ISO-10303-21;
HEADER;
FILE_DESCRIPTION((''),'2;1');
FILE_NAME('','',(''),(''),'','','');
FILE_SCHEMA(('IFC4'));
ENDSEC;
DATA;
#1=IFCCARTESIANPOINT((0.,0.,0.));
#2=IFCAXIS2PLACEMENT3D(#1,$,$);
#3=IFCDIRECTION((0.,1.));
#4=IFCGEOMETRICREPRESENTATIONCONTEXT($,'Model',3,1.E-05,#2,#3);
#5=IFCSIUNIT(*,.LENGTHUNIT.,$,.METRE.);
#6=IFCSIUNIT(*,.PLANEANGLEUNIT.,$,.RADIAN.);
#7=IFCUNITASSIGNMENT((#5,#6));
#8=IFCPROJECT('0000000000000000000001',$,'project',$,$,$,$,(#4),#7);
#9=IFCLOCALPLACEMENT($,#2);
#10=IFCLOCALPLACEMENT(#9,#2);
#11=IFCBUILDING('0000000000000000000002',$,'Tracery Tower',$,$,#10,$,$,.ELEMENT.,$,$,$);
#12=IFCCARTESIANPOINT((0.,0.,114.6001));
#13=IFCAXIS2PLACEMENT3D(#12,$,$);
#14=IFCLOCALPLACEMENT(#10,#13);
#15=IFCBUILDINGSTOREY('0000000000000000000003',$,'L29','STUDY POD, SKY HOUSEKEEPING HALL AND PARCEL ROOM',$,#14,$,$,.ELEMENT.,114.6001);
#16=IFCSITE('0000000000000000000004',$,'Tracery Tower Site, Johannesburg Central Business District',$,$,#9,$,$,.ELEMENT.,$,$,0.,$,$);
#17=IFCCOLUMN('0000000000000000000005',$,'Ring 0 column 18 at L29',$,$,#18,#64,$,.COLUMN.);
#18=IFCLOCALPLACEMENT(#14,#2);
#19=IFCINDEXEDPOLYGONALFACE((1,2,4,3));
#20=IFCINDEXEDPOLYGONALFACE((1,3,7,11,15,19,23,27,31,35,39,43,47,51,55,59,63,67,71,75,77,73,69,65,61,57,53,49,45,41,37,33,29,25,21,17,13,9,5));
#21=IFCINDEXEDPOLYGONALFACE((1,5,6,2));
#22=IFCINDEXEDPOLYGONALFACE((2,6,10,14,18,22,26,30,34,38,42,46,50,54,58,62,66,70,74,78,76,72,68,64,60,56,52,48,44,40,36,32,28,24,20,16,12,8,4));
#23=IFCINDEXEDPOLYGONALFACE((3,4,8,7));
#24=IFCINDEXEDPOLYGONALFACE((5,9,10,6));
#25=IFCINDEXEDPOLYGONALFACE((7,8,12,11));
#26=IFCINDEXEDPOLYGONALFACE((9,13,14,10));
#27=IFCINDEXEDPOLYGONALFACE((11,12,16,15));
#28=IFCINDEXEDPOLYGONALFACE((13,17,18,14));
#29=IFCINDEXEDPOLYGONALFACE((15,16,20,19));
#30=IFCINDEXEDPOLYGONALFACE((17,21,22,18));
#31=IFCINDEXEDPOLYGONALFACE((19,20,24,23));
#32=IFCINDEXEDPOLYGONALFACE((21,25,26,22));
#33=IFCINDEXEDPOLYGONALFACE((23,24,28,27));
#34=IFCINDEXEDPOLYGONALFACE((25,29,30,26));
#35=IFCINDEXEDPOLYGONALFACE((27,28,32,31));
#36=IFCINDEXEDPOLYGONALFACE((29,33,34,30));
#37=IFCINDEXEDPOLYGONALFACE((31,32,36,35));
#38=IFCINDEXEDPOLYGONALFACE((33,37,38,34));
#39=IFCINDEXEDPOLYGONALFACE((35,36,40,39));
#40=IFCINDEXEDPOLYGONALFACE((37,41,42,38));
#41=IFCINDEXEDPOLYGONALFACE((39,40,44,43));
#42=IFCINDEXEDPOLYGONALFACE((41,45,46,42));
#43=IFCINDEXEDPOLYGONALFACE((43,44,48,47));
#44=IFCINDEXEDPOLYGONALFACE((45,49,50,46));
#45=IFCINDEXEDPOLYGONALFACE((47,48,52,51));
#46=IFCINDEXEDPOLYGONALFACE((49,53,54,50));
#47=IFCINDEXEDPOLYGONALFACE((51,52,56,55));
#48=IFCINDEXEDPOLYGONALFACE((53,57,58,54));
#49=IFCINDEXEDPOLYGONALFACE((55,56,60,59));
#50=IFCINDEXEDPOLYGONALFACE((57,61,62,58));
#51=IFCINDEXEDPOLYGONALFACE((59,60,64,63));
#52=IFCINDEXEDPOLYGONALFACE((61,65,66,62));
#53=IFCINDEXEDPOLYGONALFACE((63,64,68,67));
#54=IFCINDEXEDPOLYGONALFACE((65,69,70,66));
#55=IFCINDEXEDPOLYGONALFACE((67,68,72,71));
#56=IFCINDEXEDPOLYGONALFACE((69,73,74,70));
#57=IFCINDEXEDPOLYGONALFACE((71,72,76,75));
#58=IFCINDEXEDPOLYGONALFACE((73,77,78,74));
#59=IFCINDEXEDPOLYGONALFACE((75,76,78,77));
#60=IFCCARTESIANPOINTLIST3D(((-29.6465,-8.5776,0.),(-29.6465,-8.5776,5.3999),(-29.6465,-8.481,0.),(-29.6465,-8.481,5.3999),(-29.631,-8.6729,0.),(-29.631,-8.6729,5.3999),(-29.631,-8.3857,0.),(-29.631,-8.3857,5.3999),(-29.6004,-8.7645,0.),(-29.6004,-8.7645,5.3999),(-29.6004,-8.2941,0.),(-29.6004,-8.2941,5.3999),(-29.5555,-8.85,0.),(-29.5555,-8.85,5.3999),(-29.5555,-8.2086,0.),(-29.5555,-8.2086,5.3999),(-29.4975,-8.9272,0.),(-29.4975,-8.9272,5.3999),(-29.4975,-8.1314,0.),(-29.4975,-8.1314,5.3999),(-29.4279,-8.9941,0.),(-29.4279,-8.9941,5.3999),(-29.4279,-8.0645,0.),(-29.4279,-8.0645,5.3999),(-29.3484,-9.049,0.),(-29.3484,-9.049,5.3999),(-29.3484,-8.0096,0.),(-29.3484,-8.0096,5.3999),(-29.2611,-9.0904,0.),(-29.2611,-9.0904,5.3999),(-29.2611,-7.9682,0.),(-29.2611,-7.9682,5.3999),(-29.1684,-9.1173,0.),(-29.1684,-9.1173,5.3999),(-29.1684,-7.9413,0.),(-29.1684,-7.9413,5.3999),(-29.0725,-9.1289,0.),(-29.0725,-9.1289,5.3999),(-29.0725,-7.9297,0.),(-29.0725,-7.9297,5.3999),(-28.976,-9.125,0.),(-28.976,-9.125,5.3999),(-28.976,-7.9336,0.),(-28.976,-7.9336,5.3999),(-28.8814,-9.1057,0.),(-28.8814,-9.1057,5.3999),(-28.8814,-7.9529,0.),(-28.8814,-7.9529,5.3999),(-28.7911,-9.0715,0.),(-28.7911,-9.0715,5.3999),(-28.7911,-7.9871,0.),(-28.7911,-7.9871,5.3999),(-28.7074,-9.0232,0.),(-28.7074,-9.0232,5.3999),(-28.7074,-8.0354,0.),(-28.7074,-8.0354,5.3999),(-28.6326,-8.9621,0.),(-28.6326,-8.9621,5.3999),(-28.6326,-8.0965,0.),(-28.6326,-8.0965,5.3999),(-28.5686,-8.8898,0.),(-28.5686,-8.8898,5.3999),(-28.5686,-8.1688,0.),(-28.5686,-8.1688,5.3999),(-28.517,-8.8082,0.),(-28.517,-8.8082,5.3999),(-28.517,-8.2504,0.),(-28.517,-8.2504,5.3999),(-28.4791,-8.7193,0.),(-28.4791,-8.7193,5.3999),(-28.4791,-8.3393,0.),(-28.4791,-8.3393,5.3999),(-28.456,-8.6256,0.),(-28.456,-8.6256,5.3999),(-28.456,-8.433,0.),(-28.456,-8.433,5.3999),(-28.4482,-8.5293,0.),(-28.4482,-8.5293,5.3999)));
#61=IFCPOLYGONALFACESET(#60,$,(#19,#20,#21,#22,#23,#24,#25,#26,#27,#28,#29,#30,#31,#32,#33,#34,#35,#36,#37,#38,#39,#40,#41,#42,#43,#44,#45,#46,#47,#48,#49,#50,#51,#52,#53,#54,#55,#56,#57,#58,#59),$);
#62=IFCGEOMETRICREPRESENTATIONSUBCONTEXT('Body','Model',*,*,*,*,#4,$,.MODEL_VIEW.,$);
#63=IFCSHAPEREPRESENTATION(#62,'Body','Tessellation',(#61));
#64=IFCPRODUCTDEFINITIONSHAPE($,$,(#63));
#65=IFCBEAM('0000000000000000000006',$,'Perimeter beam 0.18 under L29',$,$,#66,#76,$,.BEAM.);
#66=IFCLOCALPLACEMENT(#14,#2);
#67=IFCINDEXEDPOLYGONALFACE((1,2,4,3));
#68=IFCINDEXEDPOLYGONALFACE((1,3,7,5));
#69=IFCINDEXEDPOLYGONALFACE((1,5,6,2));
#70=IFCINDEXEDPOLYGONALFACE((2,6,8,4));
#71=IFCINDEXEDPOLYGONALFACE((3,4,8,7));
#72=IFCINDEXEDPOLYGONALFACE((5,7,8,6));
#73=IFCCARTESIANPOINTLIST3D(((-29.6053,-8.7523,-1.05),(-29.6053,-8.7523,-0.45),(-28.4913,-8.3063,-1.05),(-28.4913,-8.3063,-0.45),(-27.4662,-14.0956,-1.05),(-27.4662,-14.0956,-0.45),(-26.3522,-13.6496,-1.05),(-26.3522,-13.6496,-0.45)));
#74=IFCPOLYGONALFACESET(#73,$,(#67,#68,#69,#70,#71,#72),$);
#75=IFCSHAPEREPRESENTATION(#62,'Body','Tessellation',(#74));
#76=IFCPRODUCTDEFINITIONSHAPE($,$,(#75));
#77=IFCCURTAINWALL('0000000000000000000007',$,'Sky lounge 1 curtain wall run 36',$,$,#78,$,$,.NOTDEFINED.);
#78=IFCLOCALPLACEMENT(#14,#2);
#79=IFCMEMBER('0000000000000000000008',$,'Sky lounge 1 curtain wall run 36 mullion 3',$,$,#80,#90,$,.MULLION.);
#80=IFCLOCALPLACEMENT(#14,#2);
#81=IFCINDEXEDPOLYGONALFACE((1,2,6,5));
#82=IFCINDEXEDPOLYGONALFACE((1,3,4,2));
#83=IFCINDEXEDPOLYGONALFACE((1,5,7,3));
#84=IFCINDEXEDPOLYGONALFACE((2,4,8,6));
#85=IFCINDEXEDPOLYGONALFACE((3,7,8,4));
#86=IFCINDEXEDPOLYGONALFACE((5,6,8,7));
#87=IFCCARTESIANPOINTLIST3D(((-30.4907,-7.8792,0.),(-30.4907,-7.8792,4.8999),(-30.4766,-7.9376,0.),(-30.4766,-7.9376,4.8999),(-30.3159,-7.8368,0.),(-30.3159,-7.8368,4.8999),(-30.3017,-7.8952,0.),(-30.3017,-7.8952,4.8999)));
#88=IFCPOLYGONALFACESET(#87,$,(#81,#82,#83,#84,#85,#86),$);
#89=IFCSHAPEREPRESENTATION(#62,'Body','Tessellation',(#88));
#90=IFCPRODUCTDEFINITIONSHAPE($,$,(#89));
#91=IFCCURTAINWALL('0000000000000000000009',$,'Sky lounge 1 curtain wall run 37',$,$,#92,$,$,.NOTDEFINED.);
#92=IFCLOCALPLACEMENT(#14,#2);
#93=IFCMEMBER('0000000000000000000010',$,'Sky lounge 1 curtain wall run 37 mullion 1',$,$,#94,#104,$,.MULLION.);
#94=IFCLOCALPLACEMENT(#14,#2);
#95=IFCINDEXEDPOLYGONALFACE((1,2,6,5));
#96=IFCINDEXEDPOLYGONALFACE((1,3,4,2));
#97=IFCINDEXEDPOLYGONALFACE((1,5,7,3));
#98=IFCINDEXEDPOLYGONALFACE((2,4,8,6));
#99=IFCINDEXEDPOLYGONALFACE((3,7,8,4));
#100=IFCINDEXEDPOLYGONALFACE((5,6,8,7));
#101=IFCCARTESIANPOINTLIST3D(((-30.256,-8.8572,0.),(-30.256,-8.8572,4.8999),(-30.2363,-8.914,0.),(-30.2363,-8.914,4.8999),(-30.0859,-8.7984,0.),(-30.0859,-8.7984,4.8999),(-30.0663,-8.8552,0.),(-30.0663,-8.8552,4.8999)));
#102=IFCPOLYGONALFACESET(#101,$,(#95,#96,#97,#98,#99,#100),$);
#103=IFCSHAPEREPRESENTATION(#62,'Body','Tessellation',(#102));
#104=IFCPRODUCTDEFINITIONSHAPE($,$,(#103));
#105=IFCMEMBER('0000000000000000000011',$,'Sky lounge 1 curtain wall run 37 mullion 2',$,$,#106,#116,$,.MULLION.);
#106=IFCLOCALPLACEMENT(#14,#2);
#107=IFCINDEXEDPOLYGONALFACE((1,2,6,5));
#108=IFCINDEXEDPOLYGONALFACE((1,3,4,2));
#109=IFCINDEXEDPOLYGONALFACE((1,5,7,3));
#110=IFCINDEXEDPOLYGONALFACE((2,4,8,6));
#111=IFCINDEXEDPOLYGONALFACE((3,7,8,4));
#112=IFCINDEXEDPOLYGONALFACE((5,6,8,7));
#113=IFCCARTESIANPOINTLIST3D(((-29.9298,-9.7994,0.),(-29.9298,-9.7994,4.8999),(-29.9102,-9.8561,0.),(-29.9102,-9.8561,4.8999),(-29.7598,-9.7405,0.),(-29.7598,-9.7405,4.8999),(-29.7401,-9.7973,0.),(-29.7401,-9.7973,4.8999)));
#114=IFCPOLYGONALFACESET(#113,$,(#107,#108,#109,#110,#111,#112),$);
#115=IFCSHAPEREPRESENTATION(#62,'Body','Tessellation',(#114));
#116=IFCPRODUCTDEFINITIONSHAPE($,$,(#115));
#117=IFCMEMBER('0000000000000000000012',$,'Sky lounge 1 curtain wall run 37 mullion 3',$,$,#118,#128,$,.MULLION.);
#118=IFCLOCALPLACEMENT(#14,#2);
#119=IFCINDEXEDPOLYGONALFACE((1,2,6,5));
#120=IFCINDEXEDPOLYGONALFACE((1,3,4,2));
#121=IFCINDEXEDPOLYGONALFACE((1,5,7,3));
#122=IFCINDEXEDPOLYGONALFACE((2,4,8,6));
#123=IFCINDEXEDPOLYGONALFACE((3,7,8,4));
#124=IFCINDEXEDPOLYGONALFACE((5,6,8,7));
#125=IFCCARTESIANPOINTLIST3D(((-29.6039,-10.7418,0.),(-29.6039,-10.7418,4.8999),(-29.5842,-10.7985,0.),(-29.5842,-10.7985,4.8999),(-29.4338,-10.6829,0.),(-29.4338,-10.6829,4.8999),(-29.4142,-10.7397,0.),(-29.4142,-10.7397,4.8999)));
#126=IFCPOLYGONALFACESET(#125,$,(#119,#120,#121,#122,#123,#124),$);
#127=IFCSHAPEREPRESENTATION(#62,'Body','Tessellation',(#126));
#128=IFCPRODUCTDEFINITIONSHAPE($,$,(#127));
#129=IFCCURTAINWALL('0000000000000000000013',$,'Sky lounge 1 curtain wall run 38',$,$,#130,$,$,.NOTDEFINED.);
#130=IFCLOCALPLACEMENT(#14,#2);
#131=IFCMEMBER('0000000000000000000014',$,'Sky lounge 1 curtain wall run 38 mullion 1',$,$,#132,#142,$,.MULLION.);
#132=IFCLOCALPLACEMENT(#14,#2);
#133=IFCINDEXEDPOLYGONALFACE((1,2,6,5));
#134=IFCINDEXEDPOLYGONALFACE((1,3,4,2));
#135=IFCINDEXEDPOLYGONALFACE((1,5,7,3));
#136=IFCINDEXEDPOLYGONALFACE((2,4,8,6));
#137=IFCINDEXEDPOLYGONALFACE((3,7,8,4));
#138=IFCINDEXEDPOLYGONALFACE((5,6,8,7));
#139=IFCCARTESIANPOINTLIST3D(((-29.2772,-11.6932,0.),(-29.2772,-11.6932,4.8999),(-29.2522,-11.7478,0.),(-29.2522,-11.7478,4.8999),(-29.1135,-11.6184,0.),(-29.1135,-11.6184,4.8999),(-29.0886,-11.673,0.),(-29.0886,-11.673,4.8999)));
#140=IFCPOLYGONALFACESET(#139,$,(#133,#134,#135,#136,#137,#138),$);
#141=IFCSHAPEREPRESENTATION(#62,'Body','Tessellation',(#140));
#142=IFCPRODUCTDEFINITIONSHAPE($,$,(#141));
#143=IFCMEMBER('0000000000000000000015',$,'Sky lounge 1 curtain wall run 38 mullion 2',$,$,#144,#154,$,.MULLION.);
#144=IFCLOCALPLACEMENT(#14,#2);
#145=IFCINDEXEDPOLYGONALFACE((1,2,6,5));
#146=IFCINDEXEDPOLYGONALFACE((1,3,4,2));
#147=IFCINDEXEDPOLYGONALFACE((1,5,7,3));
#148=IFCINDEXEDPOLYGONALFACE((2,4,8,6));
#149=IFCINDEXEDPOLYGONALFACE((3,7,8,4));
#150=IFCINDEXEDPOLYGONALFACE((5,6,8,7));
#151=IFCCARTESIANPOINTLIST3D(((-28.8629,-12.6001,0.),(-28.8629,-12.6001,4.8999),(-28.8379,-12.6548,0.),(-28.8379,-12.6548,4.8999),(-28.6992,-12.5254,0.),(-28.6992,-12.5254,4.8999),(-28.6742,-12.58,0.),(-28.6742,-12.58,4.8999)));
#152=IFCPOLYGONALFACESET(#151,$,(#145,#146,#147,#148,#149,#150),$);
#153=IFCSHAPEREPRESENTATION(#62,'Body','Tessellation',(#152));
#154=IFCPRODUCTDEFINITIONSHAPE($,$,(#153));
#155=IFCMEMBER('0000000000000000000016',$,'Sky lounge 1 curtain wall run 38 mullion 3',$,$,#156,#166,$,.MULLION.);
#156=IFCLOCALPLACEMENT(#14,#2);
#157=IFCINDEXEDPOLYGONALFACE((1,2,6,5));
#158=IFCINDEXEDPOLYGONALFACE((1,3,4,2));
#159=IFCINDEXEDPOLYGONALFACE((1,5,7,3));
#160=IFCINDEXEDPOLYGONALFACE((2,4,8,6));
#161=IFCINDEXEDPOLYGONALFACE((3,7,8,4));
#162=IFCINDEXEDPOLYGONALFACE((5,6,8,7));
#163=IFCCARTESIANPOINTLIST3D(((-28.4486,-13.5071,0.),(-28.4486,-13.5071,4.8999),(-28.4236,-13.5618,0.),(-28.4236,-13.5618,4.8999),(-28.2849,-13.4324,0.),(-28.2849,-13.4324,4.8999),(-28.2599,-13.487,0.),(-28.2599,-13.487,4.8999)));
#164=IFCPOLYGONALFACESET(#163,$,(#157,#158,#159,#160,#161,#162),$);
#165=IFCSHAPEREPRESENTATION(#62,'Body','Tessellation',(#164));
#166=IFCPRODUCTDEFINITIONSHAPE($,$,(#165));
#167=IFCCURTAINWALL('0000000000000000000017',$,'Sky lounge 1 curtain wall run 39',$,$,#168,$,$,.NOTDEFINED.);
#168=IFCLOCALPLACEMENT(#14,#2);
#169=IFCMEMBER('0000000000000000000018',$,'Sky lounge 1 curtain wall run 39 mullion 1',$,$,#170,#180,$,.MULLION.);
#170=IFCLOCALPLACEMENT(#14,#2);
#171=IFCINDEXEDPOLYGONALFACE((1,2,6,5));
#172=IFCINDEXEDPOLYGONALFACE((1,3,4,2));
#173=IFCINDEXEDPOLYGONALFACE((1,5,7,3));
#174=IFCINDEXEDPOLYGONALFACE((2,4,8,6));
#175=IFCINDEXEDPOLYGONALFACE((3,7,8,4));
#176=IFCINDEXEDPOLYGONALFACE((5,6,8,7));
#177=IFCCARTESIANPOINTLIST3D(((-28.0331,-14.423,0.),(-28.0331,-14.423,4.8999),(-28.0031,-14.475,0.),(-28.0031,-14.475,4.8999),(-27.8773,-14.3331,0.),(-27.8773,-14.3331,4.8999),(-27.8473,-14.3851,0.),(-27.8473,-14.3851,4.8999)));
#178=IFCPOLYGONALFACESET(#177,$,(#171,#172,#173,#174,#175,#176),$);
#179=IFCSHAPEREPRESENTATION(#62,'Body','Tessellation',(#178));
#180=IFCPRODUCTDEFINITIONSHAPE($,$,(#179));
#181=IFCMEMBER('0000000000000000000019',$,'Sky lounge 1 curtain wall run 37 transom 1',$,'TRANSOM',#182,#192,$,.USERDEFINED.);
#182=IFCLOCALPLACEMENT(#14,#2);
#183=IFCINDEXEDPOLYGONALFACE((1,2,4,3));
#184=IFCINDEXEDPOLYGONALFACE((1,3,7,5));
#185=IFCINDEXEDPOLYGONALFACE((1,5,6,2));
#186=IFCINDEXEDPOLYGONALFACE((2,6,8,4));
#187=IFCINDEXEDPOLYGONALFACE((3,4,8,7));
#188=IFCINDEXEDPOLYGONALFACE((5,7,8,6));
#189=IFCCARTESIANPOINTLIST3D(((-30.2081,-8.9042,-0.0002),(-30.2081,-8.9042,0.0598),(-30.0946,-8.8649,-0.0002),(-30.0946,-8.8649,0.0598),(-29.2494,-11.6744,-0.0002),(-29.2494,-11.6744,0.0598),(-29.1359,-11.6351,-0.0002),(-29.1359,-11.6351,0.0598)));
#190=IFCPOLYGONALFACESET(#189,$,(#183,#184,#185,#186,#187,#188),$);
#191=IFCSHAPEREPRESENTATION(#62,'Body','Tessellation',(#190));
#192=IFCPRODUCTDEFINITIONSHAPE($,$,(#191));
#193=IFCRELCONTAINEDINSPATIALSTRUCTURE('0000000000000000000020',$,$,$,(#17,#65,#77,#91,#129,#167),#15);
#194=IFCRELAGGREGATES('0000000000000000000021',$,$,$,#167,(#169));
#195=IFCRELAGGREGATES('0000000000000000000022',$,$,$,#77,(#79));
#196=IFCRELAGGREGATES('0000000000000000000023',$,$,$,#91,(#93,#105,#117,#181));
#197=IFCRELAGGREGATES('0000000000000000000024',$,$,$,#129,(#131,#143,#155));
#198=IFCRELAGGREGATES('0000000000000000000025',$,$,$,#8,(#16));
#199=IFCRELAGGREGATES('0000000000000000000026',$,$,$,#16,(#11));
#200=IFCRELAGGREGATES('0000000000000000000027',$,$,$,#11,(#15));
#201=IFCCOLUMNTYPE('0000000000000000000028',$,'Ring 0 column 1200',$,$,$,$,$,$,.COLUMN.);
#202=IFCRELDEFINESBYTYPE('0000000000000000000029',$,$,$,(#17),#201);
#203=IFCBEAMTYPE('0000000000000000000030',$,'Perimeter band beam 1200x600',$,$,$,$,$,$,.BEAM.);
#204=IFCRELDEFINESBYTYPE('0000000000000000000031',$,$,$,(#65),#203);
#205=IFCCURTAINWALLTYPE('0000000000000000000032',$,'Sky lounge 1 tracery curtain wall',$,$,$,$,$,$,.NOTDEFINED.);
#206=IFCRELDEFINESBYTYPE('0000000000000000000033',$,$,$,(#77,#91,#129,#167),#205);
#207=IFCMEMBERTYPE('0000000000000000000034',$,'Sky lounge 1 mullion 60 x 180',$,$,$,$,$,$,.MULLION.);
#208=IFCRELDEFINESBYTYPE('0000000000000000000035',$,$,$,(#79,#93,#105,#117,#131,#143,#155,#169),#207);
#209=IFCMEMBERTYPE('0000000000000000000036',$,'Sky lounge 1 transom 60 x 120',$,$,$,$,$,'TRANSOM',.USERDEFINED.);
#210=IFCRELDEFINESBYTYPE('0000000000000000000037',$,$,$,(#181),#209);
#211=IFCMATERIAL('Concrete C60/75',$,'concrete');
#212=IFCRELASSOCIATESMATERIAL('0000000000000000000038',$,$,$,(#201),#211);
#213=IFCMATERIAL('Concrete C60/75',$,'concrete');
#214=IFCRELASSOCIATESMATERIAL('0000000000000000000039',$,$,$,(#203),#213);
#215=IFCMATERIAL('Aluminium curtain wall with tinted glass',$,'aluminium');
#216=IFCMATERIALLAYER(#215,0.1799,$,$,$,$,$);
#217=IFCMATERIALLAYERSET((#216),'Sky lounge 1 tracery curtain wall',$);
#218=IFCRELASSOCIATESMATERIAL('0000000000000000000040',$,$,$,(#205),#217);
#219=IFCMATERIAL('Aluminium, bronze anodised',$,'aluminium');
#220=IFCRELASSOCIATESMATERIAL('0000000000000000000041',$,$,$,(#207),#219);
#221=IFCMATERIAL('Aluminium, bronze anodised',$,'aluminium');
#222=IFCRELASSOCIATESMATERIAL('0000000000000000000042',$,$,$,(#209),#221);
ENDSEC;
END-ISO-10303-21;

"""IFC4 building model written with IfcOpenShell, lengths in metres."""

from ifc_helpers import new_model, si_unit, direction, frame, origin, origin_2d, place, context, subcontext, project, spatial, rectangle, circle, extrude, material, layer, layer_set, material_profile, profile_set, type_object, element, aggregate, save


model = new_model("IFC4")

# Units and contexts
model_context = context("Model", 3, precision=1e-05, world=origin(), true_north=direction((0.0, 1.0)))
body_context = subcontext(model_context, "Body", "Model", "MODEL_VIEW")
ifc_project = project(units=[si_unit("LENGTHUNIT", "METRE"), si_unit("PLANEANGLEUNIT", "RADIAN")], contexts=[model_context])

# Site, building, storey
site_placement = place(None, origin())
site = spatial("IfcSite", under=ifc_project, at=site_placement, Name="Tracery Tower Site, Johannesburg Central Business District", CompositionType="ELEMENT", RefElevation=0.0)
building_placement = place(site_placement, origin())
building = spatial("IfcBuilding", under=site, at=building_placement, Name="Tracery Tower", CompositionType="ELEMENT")
storey_placement = place(building_placement, frame((0.0, 0.0, 114.6001)))
storey = spatial("IfcBuildingStorey", under=building, at=storey_placement, Name="L29", Description="STUDY POD, SKY HOUSEKEEPING HALL AND PARCEL ROOM", CompositionType="ELEMENT", Elevation=114.6001)

# Column
ifc_material_1 = material(Name="Concrete C60/75", Category="concrete")
ifc_material_profile_1 = material_profile(ifc_material_1, circle(Radius=0.6001, at=origin_2d()), Name="RC D1200")
ifc_profile_set_1 = profile_set([ifc_material_profile_1], Name="Concrete C60/75")
column_type = type_object("IfcColumnType", Name="Ring 0 column 1200", PredefinedType="COLUMN", material=ifc_profile_set_1)
column_placement = place(storey_placement, frame((-29.0483, -8.5293, 0.0), z_axis=(0.0, 0.0, 1.0), x_axis=(1.0, 0.0, 0.0)))
element("IfcColumn", 1, at=column_placement, inside=storey, type_object=column_type, Name="Ring 0 column 18 at L29", PredefinedType="COLUMN", context=body_context, shape_type="SweptSolid", body=[
    extrude(circle(Radius=0.6001, at=origin_2d()), origin(), (0.0, 0.0, 1.0), 5.3999),
])

# Beam
ifc_material_2 = material(Name="Concrete C60/75", Category="concrete")
ifc_material_profile_2 = material_profile(ifc_material_2, rectangle(XDim=1.2, YDim=0.6001, at=origin_2d()), Name="RC 1200x600")
ifc_profile_set_2 = profile_set([ifc_material_profile_2], Name="Concrete C60/75")
beam_type = type_object("IfcBeamType", Name="Perimeter band beam 1200x600", PredefinedType="BEAM", material=ifc_profile_set_2)
beam_placement = place(storey_placement, frame((-29.0483, -8.5293, -0.75), z_axis=(0.371669, -0.928365, 0.0), x_axis=(0.928365, 0.371669, 0.0)))
element("IfcBeam", 2, at=beam_placement, inside=storey, type_object=beam_type, Name="Perimeter beam 0.18 under L29", PredefinedType="BEAM", context=body_context, shape_type="SweptSolid", body=[
    extrude(rectangle(XDim=1.2, YDim=0.6001, at=origin_2d()), origin(), (0.0, 0.0, 1.0), 5.7556),
])

# Curtain wall, member
ifc_material_3 = material(Name="Aluminium curtain wall with tinted glass", Category="aluminium")
ifc_layer_1 = layer(ifc_material_3, 0.1799)
ifc_layer_set_1 = layer_set([ifc_layer_1], Name="Sky lounge 1 tracery curtain wall")
curtain_wall_type = type_object("IfcCurtainWallType", Name="Sky lounge 1 tracery curtain wall", PredefinedType="NOTDEFINED", material=ifc_layer_set_1)
curtain_wall_1_placement = place(storey_placement, origin())
curtain_wall_1 = element("IfcCurtainWall", 3, at=curtain_wall_1_placement, inside=storey, type_object=curtain_wall_type, Name="Sky lounge 1 curtain wall run 36", PredefinedType="NOTDEFINED")
ifc_material_4 = material(Name="Aluminium, bronze anodised", Category="aluminium")
ifc_material_profile_3 = material_profile(ifc_material_4, rectangle(XDim=0.1799, YDim=0.0601, at=origin_2d()), Name="AL 60x180")
ifc_profile_set_3 = profile_set([ifc_material_profile_3], Name="Aluminium, bronze anodised")
member_type_1 = type_object("IfcMemberType", Name="Sky lounge 1 mullion 60 x 180", PredefinedType="MULLION", material=ifc_profile_set_3)
member_1_placement = place(storey_placement, frame((-30.3962, -7.8872, 0.0), z_axis=(0.0, 0.0, 1.0), x_axis=(0.971812, 0.235759, 0.0)))
member_1 = element("IfcMember", 4, at=member_1_placement, type_object=member_type_1, Name="Sky lounge 1 curtain wall run 36 mullion 3", PredefinedType="MULLION", context=body_context, shape_type="SweptSolid", body=[
    extrude(rectangle(XDim=0.1799, YDim=0.0601, at=origin_2d()), origin(), (0.0, 0.0, 1.0), 4.8999),
])

# Curtain walls, members
curtain_wall_2_placement = place(storey_placement, origin())
curtain_wall_2 = element("IfcCurtainWall", 5, at=curtain_wall_2_placement, inside=storey, type_object=curtain_wall_type, Name="Sky lounge 1 curtain wall run 37", PredefinedType="NOTDEFINED")
member_2_placement = place(storey_placement, frame((-30.1611, -8.8562, 0.0), z_axis=(0.0, 0.0, 1.0), x_axis=(0.945001, 0.327068, 0.0)))
member_2 = element("IfcMember", 6, at=member_2_placement, type_object=member_type_1, Name="Sky lounge 1 curtain wall run 37 mullion 1", PredefinedType="MULLION", context=body_context, shape_type="SweptSolid", body=[
    extrude(rectangle(XDim=0.1799, YDim=0.0601, at=origin_2d()), origin(), (0.0, 0.0, 1.0), 4.8999),
])
member_3_placement = place(storey_placement, frame((-29.835, -9.7983, 0.0), z_axis=(0.0, 0.0, 1.0), x_axis=(0.945001, 0.327068, 0.0)))
member_3 = element("IfcMember", 7, at=member_3_placement, type_object=member_type_1, Name="Sky lounge 1 curtain wall run 37 mullion 2", PredefinedType="MULLION", context=body_context, shape_type="SweptSolid", body=[
    extrude(rectangle(XDim=0.1799, YDim=0.0601, at=origin_2d()), origin(), (0.0, 0.0, 1.0), 4.8999),
])
member_4_placement = place(storey_placement, frame((-29.509, -10.7407, 0.0), z_axis=(0.0, 0.0, 1.0), x_axis=(0.945001, 0.327068, 0.0)))
member_4 = element("IfcMember", 8, at=member_4_placement, type_object=member_type_1, Name="Sky lounge 1 curtain wall run 37 mullion 3", PredefinedType="MULLION", context=body_context, shape_type="SweptSolid", body=[
    extrude(rectangle(XDim=0.1799, YDim=0.0601, at=origin_2d()), origin(), (0.0, 0.0, 1.0), 4.8999),
])
curtain_wall_3_placement = place(storey_placement, origin())
curtain_wall_3 = element("IfcCurtainWall", 9, at=curtain_wall_3_placement, inside=storey, type_object=curtain_wall_type, Name="Sky lounge 1 curtain wall run 38", PredefinedType="NOTDEFINED")
member_5_placement = place(storey_placement, frame((-29.1829, -11.6831, 0.0), z_axis=(0.0, 0.0, 1.0), x_axis=(0.909632, 0.415415, 0.0)))
member_5 = element("IfcMember", 10, at=member_5_placement, type_object=member_type_1, Name="Sky lounge 1 curtain wall run 38 mullion 1", PredefinedType="MULLION", context=body_context, shape_type="SweptSolid", body=[
    extrude(rectangle(XDim=0.1799, YDim=0.0601, at=origin_2d()), origin(), (0.0, 0.0, 1.0), 4.8999),
])
member_6_placement = place(storey_placement, frame((-28.7686, -12.5901, 0.0), z_axis=(0.0, 0.0, 1.0), x_axis=(0.909632, 0.415415, 0.0)))
member_6 = element("IfcMember", 11, at=member_6_placement, type_object=member_type_1, Name="Sky lounge 1 curtain wall run 38 mullion 2", PredefinedType="MULLION", context=body_context, shape_type="SweptSolid", body=[
    extrude(rectangle(XDim=0.1799, YDim=0.0601, at=origin_2d()), origin(), (0.0, 0.0, 1.0), 4.8999),
])
member_7_placement = place(storey_placement, frame((-28.3542, -13.4971, 0.0), z_axis=(0.0, 0.0, 1.0), x_axis=(0.909632, 0.415415, 0.0)))
member_7 = element("IfcMember", 12, at=member_7_placement, type_object=member_type_1, Name="Sky lounge 1 curtain wall run 38 mullion 3", PredefinedType="MULLION", context=body_context, shape_type="SweptSolid", body=[
    extrude(rectangle(XDim=0.1799, YDim=0.0601, at=origin_2d()), origin(), (0.0, 0.0, 1.0), 4.8999),
])

# Curtain wall, member
curtain_wall_4_placement = place(storey_placement, origin())
curtain_wall_4 = element("IfcCurtainWall", 13, at=curtain_wall_4_placement, inside=storey, type_object=curtain_wall_type, Name="Sky lounge 1 curtain wall run 39", PredefinedType="NOTDEFINED")
member_8_placement = place(storey_placement, frame((-27.9402, -14.4041, 0.0), z_axis=(0.0, 0.0, 1.0), x_axis=(0.866025, 0.5, 0.0)))
member_8 = element("IfcMember", 14, at=member_8_placement, type_object=member_type_1, Name="Sky lounge 1 curtain wall run 39 mullion 1", PredefinedType="MULLION", context=body_context, shape_type="SweptSolid", body=[
    extrude(rectangle(XDim=0.1799, YDim=0.0601, at=origin_2d()), origin(), (0.0, 0.0, 1.0), 4.8999),
])

# Member
ifc_material_5 = material(Name="Aluminium, bronze anodised", Category="aluminium")
ifc_material_profile_4 = material_profile(ifc_material_5, rectangle(XDim=0.1201, YDim=0.0601, at=origin_2d()), Name="AL 60x120")
ifc_profile_set_4 = profile_set([ifc_material_profile_4], Name="Aluminium, bronze anodised")
member_type_2 = type_object("IfcMemberType", Name="Sky lounge 1 transom 60 x 120", ElementType="TRANSOM", PredefinedType="USERDEFINED", material=ifc_profile_set_4)
member_9_placement = place(storey_placement, frame((-30.1514, -8.8845, 0.0298), z_axis=(0.32705, -0.945007, 0.0), x_axis=(0.945007, 0.32705, 0.0)))
member_9 = element("IfcMember", 15, at=member_9_placement, type_object=member_type_2, Name="Sky lounge 1 curtain wall run 37 transom 1", ObjectType="TRANSOM", PredefinedType="USERDEFINED", context=body_context, shape_type="SweptSolid", body=[
    extrude(rectangle(XDim=0.1201, YDim=0.0601, at=origin_2d()), origin(), (0.0, 0.0, 1.0), 2.9314),
])
aggregate(curtain_wall_4, [member_8])

aggregate(curtain_wall_1, [member_1])
aggregate(curtain_wall_2, [member_2, member_3, member_4, member_9])
aggregate(curtain_wall_3, [member_5, member_6, member_7])

save(model, "model.ifc")
